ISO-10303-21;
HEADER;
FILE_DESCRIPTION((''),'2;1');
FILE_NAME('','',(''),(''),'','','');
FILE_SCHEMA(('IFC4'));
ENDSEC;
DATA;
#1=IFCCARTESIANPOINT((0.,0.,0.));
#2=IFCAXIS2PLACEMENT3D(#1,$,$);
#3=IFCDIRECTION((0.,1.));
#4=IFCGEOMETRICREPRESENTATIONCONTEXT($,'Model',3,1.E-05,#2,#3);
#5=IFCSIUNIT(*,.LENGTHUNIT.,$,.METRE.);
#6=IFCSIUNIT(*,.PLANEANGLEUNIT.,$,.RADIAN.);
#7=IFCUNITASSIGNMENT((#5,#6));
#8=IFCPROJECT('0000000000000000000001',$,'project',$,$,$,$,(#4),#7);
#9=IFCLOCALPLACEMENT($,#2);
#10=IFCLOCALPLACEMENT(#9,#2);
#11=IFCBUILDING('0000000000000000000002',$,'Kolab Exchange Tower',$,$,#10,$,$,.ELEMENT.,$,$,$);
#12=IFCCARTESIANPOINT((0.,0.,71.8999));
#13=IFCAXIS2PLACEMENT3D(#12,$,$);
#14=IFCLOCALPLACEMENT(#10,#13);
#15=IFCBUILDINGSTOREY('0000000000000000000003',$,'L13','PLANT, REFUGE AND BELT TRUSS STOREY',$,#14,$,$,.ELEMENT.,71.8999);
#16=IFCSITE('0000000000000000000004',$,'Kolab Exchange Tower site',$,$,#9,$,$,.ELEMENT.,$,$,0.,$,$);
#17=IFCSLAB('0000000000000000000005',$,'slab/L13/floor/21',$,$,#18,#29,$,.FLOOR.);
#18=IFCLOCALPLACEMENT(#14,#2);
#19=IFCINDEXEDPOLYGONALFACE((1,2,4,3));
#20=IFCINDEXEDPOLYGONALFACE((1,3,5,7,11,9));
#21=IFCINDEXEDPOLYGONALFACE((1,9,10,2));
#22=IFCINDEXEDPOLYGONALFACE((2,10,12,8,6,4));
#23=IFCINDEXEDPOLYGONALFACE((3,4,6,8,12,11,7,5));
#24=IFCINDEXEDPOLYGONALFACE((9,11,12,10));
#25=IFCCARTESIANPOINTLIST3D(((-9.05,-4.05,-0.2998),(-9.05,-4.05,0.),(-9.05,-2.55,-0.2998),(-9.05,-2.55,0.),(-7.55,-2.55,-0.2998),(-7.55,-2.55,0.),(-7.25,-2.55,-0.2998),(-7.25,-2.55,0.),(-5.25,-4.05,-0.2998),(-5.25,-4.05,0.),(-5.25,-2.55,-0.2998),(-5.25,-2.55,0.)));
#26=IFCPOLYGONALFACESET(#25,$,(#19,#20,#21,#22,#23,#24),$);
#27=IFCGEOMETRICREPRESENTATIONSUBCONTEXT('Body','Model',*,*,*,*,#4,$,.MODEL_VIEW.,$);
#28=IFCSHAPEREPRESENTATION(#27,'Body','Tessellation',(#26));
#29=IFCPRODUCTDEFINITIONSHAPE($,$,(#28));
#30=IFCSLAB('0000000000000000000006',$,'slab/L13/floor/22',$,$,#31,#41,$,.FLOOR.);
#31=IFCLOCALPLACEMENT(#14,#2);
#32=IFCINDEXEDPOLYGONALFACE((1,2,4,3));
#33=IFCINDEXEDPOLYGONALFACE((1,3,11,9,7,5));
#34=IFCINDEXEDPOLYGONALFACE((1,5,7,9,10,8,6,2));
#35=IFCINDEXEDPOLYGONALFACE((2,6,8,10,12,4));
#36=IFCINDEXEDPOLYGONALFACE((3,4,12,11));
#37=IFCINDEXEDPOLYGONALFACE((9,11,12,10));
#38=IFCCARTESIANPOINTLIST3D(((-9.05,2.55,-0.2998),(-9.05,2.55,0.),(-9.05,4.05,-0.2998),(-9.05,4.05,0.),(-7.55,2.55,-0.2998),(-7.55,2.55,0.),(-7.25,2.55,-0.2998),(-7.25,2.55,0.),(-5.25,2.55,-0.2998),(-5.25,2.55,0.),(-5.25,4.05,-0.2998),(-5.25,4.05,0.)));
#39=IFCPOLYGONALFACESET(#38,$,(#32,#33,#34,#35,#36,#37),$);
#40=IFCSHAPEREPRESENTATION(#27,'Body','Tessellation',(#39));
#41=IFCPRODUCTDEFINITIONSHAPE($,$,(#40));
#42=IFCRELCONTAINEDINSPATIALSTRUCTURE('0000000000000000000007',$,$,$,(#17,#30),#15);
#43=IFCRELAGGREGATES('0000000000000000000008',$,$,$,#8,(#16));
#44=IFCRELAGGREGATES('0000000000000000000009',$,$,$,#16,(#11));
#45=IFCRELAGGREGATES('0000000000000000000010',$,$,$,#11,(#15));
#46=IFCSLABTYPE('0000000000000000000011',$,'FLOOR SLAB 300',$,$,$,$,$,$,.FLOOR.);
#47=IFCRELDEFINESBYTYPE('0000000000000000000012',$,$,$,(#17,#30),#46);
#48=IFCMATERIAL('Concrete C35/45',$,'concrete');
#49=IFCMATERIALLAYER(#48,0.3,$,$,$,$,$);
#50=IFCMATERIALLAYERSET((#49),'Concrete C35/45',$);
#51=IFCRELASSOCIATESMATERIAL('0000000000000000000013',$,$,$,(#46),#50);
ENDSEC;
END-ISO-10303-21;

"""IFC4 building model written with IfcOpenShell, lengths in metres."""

from ifc_helpers import new_model, si_unit, direction, frame, origin, place, context, subcontext, project, spatial, polyline, outline, extrude, material, layer, layer_set, type_object, element, save


model = new_model("IFC4")

# Units and contexts
model_context = context("Model", 3, precision=1e-05, world=origin(), true_north=direction((0.0, 1.0)))
body_context = subcontext(model_context, "Body", "Model", "MODEL_VIEW")
ifc_project = project(units=[si_unit("LENGTHUNIT", "METRE"), si_unit("PLANEANGLEUNIT", "RADIAN")], contexts=[model_context])

# Site, building, storey
site_placement = place(None, origin())
site = spatial("IfcSite", under=ifc_project, at=site_placement, Name="Kolab Exchange Tower site", CompositionType="ELEMENT", RefElevation=0.0)
building_placement = place(site_placement, origin())
building = spatial("IfcBuilding", under=site, at=building_placement, Name="Kolab Exchange Tower", CompositionType="ELEMENT")
storey_placement = place(building_placement, frame((0.0, 0.0, 71.8999)))
storey = spatial("IfcBuildingStorey", under=building, at=storey_placement, Name="L13", Description="PLANT, REFUGE AND BELT TRUSS STOREY", CompositionType="ELEMENT", Elevation=71.8999)

# Slabs
ifc_material = material(Name="Concrete C35/45", Category="concrete")
ifc_layer = layer(ifc_material, 0.3)
ifc_layer_set = layer_set([ifc_layer], Name="Concrete C35/45")
slab_type = type_object("IfcSlabType", Name="FLOOR SLAB 300", PredefinedType="FLOOR", material=ifc_layer_set)
slab_1_placement = place(storey_placement, frame((0.0, 0.0, -0.2998)))
element("IfcSlab", 1, at=slab_1_placement, inside=storey, type_object=slab_type, Name="slab/L13/floor/21", PredefinedType="FLOOR", context=body_context, shape_type="SweptSolid", body=[
    extrude(outline(polyline([(-9.05, -4.05), (-5.25, -4.05), (-5.25, -2.55), (-7.25, -2.55), (-7.55, -2.55), (-9.05, -2.55), (-9.05, -4.05)])), origin(), (0.0, 0.0, 1.0), 0.2998),
])
slab_2_placement = place(storey_placement, frame((0.0, 0.0, -0.2998)))
element("IfcSlab", 2, at=slab_2_placement, inside=storey, type_object=slab_type, Name="slab/L13/floor/22", PredefinedType="FLOOR", context=body_context, shape_type="SweptSolid", body=[
    extrude(outline(polyline([(-5.25, 4.05), (-9.05, 4.05), (-9.05, 2.55), (-7.55, 2.55), (-7.25, 2.55), (-5.25, 2.55), (-5.25, 4.05)])), origin(), (0.0, 0.0, 1.0), 0.2998),
])

save(model, "model.ifc")
